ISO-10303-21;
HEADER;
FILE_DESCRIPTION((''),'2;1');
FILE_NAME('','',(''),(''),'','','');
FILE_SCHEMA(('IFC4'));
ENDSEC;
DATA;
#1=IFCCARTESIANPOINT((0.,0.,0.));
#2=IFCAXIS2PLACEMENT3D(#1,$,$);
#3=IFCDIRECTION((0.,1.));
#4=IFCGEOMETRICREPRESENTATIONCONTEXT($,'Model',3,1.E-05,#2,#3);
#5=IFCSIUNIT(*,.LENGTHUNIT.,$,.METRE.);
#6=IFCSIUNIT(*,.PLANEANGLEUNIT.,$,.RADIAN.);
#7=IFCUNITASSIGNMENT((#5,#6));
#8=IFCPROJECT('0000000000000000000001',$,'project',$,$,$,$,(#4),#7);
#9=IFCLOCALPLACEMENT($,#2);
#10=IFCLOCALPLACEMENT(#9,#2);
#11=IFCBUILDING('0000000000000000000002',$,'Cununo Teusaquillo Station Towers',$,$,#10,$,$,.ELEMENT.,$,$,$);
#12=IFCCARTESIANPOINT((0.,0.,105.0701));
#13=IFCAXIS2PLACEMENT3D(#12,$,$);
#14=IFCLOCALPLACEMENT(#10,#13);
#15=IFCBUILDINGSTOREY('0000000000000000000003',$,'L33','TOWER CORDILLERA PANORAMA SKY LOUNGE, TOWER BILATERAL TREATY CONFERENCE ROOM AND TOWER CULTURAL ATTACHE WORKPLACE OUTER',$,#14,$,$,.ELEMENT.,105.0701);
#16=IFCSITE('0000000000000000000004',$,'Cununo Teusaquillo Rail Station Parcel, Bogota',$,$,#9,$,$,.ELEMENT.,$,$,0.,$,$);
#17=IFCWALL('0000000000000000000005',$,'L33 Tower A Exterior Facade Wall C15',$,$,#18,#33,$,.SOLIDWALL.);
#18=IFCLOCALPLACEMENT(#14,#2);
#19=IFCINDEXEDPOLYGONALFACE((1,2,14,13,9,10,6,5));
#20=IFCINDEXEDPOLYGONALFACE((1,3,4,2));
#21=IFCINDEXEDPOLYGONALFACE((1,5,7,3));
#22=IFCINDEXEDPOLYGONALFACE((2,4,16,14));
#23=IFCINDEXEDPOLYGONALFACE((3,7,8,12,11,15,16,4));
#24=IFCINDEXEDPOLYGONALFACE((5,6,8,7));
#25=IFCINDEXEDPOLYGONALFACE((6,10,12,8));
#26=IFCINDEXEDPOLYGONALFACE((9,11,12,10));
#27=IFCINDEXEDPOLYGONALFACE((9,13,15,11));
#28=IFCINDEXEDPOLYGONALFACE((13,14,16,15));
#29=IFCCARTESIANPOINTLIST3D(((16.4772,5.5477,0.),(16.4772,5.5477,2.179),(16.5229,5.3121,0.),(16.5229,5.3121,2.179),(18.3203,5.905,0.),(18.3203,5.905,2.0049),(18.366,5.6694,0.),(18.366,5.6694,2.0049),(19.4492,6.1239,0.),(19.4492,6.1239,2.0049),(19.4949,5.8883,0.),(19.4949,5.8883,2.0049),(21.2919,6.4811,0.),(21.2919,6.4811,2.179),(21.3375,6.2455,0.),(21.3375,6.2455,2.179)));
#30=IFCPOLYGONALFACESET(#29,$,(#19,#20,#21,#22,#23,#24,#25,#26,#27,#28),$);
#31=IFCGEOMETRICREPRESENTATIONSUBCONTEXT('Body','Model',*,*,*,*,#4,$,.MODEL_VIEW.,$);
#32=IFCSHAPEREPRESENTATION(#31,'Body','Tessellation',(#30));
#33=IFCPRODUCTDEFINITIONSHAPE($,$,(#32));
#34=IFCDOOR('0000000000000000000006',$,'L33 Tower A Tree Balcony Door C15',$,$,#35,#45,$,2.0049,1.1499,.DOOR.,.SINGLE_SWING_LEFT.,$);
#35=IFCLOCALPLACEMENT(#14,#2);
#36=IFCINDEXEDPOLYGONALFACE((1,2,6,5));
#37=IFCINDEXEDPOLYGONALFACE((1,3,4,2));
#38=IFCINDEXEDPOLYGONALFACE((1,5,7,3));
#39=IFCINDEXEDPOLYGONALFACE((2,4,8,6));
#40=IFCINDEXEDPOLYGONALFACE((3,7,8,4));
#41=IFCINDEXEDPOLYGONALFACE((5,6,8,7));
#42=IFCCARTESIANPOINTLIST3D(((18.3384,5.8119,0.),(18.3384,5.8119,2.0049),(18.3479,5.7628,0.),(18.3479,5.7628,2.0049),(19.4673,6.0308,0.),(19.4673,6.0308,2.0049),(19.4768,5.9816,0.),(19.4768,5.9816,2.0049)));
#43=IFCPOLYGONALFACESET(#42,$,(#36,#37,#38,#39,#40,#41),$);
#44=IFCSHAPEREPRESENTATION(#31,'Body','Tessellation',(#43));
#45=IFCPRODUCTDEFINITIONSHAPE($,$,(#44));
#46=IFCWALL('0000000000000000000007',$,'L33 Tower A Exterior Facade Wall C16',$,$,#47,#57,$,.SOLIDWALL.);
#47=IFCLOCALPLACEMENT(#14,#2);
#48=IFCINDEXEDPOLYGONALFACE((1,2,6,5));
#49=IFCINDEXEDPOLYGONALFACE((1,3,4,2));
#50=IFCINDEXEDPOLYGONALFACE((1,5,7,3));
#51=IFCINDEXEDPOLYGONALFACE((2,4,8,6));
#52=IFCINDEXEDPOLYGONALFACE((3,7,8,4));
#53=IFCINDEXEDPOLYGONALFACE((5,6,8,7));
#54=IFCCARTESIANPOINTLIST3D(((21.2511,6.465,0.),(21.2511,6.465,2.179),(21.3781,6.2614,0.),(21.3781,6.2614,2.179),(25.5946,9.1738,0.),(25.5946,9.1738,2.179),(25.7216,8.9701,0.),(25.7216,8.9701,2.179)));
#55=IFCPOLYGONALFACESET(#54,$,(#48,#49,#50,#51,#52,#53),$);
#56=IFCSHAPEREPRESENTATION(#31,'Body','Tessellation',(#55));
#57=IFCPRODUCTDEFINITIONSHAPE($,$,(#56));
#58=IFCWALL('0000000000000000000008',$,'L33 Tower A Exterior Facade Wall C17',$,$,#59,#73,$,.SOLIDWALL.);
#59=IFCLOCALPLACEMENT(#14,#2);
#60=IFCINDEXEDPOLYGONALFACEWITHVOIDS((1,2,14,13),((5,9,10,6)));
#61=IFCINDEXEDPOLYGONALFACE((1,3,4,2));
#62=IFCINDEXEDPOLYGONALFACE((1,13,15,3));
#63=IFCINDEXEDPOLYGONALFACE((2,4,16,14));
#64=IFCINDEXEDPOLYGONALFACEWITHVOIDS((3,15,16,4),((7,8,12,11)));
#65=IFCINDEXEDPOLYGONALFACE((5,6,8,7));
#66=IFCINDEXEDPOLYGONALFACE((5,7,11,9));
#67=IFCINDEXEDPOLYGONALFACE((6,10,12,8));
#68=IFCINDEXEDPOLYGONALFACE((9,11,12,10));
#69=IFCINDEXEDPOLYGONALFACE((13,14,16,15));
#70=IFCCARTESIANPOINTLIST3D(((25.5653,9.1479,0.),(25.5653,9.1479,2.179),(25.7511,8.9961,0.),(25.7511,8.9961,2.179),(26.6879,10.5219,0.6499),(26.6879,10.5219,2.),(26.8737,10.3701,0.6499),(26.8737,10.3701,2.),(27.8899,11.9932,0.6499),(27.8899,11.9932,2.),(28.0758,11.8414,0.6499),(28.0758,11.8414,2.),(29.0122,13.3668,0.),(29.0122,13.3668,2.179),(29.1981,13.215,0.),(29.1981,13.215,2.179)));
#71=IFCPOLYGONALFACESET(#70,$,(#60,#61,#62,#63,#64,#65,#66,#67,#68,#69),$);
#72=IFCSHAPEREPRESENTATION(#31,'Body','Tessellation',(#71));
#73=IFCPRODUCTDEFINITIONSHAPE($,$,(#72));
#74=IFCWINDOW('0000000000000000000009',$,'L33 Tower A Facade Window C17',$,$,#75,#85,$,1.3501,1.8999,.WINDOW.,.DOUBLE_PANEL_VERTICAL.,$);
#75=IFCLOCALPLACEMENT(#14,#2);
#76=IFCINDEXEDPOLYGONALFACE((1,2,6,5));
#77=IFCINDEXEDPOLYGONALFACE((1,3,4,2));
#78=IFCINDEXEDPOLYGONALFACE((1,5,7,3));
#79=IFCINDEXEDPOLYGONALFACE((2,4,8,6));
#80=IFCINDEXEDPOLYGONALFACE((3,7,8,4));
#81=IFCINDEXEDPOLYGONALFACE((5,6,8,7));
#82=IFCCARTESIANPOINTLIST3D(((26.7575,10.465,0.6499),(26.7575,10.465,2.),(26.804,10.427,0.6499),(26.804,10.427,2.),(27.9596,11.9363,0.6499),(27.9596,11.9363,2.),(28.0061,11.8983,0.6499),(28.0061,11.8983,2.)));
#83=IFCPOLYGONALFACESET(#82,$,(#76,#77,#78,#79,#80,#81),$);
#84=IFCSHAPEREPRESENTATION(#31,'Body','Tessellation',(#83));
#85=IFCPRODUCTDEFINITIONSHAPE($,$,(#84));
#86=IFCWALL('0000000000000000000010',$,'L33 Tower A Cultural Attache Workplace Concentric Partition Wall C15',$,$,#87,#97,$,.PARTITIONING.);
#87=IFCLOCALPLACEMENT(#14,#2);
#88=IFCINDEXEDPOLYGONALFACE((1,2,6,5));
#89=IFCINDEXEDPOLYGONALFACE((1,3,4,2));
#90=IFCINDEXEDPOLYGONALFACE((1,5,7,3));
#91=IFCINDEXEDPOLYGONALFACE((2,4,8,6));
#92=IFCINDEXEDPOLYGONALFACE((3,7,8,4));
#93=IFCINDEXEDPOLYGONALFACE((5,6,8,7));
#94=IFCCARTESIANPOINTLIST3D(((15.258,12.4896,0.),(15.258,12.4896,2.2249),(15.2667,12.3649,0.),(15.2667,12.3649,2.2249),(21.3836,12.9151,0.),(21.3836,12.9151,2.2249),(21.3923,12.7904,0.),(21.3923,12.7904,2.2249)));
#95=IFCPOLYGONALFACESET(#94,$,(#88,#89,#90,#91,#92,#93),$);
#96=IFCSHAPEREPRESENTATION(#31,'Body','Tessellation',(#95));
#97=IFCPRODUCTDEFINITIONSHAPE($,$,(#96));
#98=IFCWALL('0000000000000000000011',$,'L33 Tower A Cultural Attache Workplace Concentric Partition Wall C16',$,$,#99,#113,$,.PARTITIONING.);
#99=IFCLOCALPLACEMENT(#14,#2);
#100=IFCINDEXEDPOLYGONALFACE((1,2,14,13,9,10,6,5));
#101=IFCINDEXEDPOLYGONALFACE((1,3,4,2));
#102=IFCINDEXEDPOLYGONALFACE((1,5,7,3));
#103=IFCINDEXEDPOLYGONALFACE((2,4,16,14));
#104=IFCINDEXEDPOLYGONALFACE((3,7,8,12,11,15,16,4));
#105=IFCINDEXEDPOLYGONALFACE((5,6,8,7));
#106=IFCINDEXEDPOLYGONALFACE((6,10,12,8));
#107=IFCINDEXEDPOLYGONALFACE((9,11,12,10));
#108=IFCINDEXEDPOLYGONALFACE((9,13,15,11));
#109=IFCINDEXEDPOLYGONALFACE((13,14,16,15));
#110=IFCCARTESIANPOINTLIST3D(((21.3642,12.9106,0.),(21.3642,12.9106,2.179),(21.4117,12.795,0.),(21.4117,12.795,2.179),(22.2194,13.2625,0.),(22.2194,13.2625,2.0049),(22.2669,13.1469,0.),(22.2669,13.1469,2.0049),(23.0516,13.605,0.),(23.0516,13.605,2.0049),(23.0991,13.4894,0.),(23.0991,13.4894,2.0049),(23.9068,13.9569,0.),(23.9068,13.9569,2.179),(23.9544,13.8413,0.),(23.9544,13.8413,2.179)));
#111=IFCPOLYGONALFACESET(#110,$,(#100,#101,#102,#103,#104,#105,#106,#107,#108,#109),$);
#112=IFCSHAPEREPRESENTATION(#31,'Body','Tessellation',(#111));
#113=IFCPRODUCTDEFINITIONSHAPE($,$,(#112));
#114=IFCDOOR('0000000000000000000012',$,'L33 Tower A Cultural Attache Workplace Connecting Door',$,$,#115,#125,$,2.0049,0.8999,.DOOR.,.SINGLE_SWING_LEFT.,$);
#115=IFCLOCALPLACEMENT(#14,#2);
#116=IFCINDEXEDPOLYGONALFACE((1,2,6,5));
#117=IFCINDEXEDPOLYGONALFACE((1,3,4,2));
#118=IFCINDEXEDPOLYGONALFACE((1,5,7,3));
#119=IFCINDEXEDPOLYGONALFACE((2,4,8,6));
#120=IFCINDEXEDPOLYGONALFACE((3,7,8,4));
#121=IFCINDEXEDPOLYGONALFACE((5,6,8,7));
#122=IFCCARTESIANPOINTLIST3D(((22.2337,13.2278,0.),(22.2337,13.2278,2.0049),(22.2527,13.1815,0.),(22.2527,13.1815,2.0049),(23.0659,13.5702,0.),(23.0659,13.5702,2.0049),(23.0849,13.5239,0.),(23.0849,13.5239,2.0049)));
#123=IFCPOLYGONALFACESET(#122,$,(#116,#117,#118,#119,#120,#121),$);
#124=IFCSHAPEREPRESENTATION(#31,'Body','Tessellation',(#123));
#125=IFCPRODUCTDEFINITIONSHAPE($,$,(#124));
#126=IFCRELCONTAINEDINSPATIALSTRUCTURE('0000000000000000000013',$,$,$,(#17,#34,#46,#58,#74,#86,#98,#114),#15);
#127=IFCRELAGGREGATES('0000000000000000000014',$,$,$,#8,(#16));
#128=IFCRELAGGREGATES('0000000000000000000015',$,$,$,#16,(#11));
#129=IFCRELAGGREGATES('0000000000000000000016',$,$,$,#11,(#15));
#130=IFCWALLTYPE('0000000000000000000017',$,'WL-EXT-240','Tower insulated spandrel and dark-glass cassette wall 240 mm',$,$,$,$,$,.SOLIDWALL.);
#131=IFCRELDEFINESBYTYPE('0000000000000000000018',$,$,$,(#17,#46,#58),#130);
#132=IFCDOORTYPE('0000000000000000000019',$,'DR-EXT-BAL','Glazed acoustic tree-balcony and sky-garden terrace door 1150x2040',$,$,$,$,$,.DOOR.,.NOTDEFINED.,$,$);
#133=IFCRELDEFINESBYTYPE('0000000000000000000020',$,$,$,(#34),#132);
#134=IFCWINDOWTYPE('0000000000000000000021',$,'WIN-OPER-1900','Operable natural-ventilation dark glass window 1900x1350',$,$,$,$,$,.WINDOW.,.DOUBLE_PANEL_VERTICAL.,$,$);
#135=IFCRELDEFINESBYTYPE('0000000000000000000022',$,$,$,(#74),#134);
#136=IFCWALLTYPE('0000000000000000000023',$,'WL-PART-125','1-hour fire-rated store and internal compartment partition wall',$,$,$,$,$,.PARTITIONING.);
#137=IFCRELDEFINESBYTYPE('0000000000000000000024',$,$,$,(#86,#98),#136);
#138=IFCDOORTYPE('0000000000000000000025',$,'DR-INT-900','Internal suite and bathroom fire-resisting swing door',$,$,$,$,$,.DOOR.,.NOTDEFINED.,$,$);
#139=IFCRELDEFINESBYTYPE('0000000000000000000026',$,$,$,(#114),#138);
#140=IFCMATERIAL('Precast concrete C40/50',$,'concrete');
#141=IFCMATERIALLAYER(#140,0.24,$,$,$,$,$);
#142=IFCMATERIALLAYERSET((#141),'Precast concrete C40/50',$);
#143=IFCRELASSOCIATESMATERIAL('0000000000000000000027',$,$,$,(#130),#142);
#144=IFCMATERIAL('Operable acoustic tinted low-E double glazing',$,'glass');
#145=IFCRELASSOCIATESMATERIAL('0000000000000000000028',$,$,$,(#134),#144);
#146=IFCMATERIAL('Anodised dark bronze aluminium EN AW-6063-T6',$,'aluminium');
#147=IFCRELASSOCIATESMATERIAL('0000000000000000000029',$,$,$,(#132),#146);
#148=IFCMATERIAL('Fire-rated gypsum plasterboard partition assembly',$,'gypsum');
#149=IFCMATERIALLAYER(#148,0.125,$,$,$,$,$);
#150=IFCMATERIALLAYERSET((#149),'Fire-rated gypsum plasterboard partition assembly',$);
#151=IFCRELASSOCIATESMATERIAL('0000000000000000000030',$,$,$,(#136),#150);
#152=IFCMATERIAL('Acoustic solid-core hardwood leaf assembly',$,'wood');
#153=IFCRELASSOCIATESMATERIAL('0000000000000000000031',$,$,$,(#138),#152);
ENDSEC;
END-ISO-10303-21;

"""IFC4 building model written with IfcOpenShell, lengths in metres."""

from ifc_helpers import new_model, si_unit, direction, frame, frame_2d, origin, place, context, subcontext, project, spatial, rectangle, extrude, source, transform, mapped, material, layer, layer_set, type_object, element, fill, save


model = new_model("IFC4")

# Units and contexts
model_context = context("Model", 3, precision=1e-05, world=origin(), true_north=direction((0.0, 1.0)))
body_context = subcontext(model_context, "Body", "Model", "MODEL_VIEW")
ifc_project = project(units=[si_unit("LENGTHUNIT", "METRE"), si_unit("PLANEANGLEUNIT", "RADIAN")], contexts=[model_context])

# Site, building, storey
site_placement = place(None, origin())
site = spatial("IfcSite", under=ifc_project, at=site_placement, Name="Cununo Teusaquillo Rail Station Parcel, Bogota", CompositionType="ELEMENT", RefElevation=0.0)
building_placement = place(site_placement, origin())
building = spatial("IfcBuilding", under=site, at=building_placement, Name="Cununo Teusaquillo Station Towers", CompositionType="ELEMENT")
storey_placement = place(building_placement, frame((0.0, 0.0, 105.0701)))
storey = spatial("IfcBuildingStorey", under=building, at=storey_placement, Name="L33", Description="TOWER CORDILLERA PANORAMA SKY LOUNGE, TOWER BILATERAL TREATY CONFERENCE ROOM AND TOWER CULTURAL ATTACHE WORKPLACE OUTER", CompositionType="ELEMENT", Elevation=105.0701)

# Shared definitions
ifc_material_1 = material(Name="Precast concrete C40/50", Category="concrete")
ifc_layer_1 = layer(ifc_material_1, 0.24)
ifc_layer_set_1 = layer_set([ifc_layer_1], Name="Precast concrete C40/50")
wall_type_1 = type_object("IfcWallType", Name="WL-EXT-240", Description="Tower insulated spandrel and dark-glass cassette wall 240 mm", PredefinedType="SOLIDWALL", material=ifc_layer_set_1)
shared_shape_1 = source(origin(), body_context, "Body", "SweptSolid", [
    extrude(rectangle(XDim=1.8999, YDim=1.3501, at=frame_2d((0.95, 0.675))), frame((0.0, 0.1299, 0.0), z_axis=(0.0, -1.0, 0.0), x_axis=(1.0, 0.0, 0.0)), (0.0, 0.0, 1.0), 0.26),
])
ifc_material_2 = material(Name="Operable acoustic tinted low-E double glazing", Category="glass")
window_type = type_object("IfcWindowType", Name="WIN-OPER-1900", Description="Operable natural-ventilation dark glass window 1900x1350", PartitioningType="DOUBLE_PANEL_VERTICAL", PredefinedType="WINDOW", material=ifc_material_2)
shared_shape_2 = source(origin(), body_context, "Body", "SweptSolid", [
    extrude(rectangle(XDim=1.8999, YDim=1.3501, at=frame_2d((0.95, 0.675))), frame((0.0, 0.03, 0.0), z_axis=(0.0, -1.0, 0.0), x_axis=(1.0, 0.0, 0.0)), (0.0, 0.0, 1.0), 0.0601),
])

# Wall, opening, door
wall_1_placement = place(storey_placement, frame((21.3147, 6.3633, 0.0), z_axis=(0.0, 0.0, 1.0), x_axis=(-0.981724, -0.190311, 0.0)))
wall_1 = element("IfcWall", 1, at=wall_1_placement, inside=storey, type_object=wall_type_1, Name="L33 Tower A Exterior Facade Wall C15", PredefinedType="SOLIDWALL", context=body_context, shape_type="SweptSolid", body=[
    extrude(rectangle(XDim=4.9043, YDim=0.24, at=frame_2d((2.4521, 0.0))), origin(), (0.0, 0.0, 1.0), 2.179),
])
shared_shape_3 = source(origin(), body_context, "Body", "SweptSolid", [
    extrude(rectangle(XDim=1.1499, YDim=2.0049, at=frame_2d((0.575, 1.0024))), frame((0.0, 0.1299, 0.0), z_axis=(0.0, -1.0, 0.0), x_axis=(1.0, 0.0, 0.0)), (0.0, 0.0, 1.0), 0.26),
])
opening_1_placement = place(wall_1_placement, frame((1.877, 0.0, 0.0)))
opening_1 = element("IfcOpeningElement", 2, at=opening_1_placement, cuts=wall_1, PredefinedType="OPENING", context=body_context, shape_type="MappedRepresentation", body=[
    mapped(shared_shape_3, transform((0.0, 0.0, 0.0), x_axis=(1.0, 0.0, 0.0), y_axis=(0.0, 1.0, 0.0), z_axis=(0.0, 0.0, 1.0), scale=1.0)),
])
ifc_material_3 = material(Name="Anodised dark bronze aluminium EN AW-6063-T6", Category="aluminium")
door_type_1 = type_object("IfcDoorType", Name="DR-EXT-BAL", Description="Glazed acoustic tree-balcony and sky-garden terrace door 1150x2040", OperationType="NOTDEFINED", PredefinedType="DOOR", material=ifc_material_3)
shared_shape_4 = source(origin(), body_context, "Body", "SweptSolid", [
    extrude(rectangle(XDim=1.1499, YDim=2.0049, at=frame_2d((0.575, 1.0024))), frame((0.0, 0.0249, 0.0), z_axis=(0.0, -1.0, 0.0), x_axis=(1.0, 0.0, 0.0)), (0.0, 0.0, 1.0), 0.05),
])
door_1_placement = place(opening_1_placement, origin())
door_1 = element("IfcDoor", 3, at=door_1_placement, inside=storey, type_object=door_type_1, Name="L33 Tower A Tree Balcony Door C15", OperationType="SINGLE_SWING_LEFT", OverallHeight=2.0049, OverallWidth=1.1499, PredefinedType="DOOR", context=body_context, shape_type="MappedRepresentation", body=[
    mapped(shared_shape_4, transform((0.0, 0.0, 0.0), x_axis=(1.0, 0.0, 0.0), y_axis=(0.0, 1.0, 0.0), z_axis=(0.0, 0.0, 1.0), scale=1.0)),
])
fill(opening_1, door_1)

# Wall
wall_2_placement = place(storey_placement, frame((25.6582, 9.072, 0.0), z_axis=(0.0, 0.0, 1.0), x_axis=(-0.84852, -0.529163, 0.0)))
element("IfcWall", 4, at=wall_2_placement, inside=storey, type_object=wall_type_1, Name="L33 Tower A Exterior Facade Wall C16", PredefinedType="SOLIDWALL", context=body_context, shape_type="SweptSolid", body=[
    extrude(rectangle(XDim=5.1189, YDim=0.24, at=frame_2d((2.5596, 0.0))), origin(), (0.0, 0.0, 1.0), 2.179),
])

# Wall, opening, window
wall_3_placement = place(storey_placement, frame((29.1052, 13.291, 0.0), z_axis=(0.0, 0.0, 1.0), x_axis=(-0.632701, -0.774396, 0.0)))
wall_3 = element("IfcWall", 5, at=wall_3_placement, inside=storey, type_object=wall_type_1, Name="L33 Tower A Exterior Facade Wall C17", PredefinedType="SOLIDWALL", context=body_context, shape_type="SweptSolid", body=[
    extrude(rectangle(XDim=5.448, YDim=0.24, at=frame_2d((2.7241, 0.0))), origin(), (0.0, 0.0, 1.0), 2.179),
])
opening_2_placement = place(wall_3_placement, frame((1.7739, 0.0, 0.6499)))
opening_2 = element("IfcOpeningElement", 6, at=opening_2_placement, cuts=wall_3, PredefinedType="OPENING", context=body_context, shape_type="MappedRepresentation", body=[
    mapped(shared_shape_1, transform((0.0, 0.0, 0.0), x_axis=(1.0, 0.0, 0.0), y_axis=(0.0, 1.0, 0.0), z_axis=(0.0, 0.0, 1.0), scale=1.0)),
])
window_1_placement = place(opening_2_placement, origin())
window_1 = element("IfcWindow", 7, at=window_1_placement, inside=storey, type_object=window_type, Name="L33 Tower A Facade Window C17", OverallHeight=1.3501, OverallWidth=1.8999, PartitioningType="DOUBLE_PANEL_VERTICAL", PredefinedType="WINDOW", context=body_context, shape_type="MappedRepresentation", body=[
    mapped(shared_shape_2, transform((0.0, 0.0, 0.0), x_axis=(1.0, 0.0, 0.0), y_axis=(0.0, 1.0, 0.0), z_axis=(0.0, 0.0, 1.0), scale=1.0)),
])
fill(opening_2, window_1)

# Wall
ifc_material_4 = material(Name="Fire-rated gypsum plasterboard partition assembly", Category="gypsum")
ifc_layer_2 = layer(ifc_material_4, 0.125)
ifc_layer_set_2 = layer_set([ifc_layer_2], Name="Fire-rated gypsum plasterboard partition assembly")
wall_type_2 = type_object("IfcWallType", Name="WL-PART-125", Description="1-hour fire-rated store and internal compartment partition wall", PredefinedType="PARTITIONING", material=ifc_layer_set_2)
wall_4_placement = place(storey_placement, frame((15.2622, 12.4272, 0.0), z_axis=(0.0, 0.0, 1.0), x_axis=(0.997596, 0.0693, 0.0)))
element("IfcWall", 8, at=wall_4_placement, inside=storey, type_object=wall_type_2, Name="L33 Tower A Cultural Attache Workplace Concentric Partition Wall C15", PredefinedType="PARTITIONING", context=body_context, shape_type="SweptSolid", body=[
    extrude(rectangle(XDim=6.1404, YDim=0.125, at=frame_2d((3.0703, 0.0))), origin(), (0.0, 0.0, 1.0), 2.2249),
])

# Wall, opening, door
wall_5_placement = place(storey_placement, frame((21.3879, 12.8528, 0.0), z_axis=(0.0, 0.0, 1.0), x_axis=(0.924757, 0.380558, 0.0)))
wall_5 = element("IfcWall", 9, at=wall_5_placement, inside=storey, type_object=wall_type_2, Name="L33 Tower A Cultural Attache Workplace Concentric Partition Wall C16", PredefinedType="PARTITIONING", context=body_context, shape_type="SweptSolid", body=[
    extrude(rectangle(XDim=2.7495, YDim=0.125, at=frame_2d((1.3748, 0.0))), origin(), (0.0, 0.0, 1.0), 2.179),
])
shared_shape_5 = source(origin(), body_context, "Body", "SweptSolid", [
    extrude(rectangle(XDim=0.8999, YDim=2.0049, at=frame_2d((0.45, 1.0024))), frame((0.0, 0.0725, 0.0), z_axis=(0.0, -1.0, 0.0), x_axis=(1.0, 0.0, 0.0)), (0.0, 0.0, 1.0), 0.145),
])
opening_3_placement = place(wall_5_placement, frame((0.9248, 0.0, 0.0)))
opening_3 = element("IfcOpeningElement", 10, at=opening_3_placement, cuts=wall_5, PredefinedType="OPENING", context=body_context, shape_type="MappedRepresentation", body=[
    mapped(shared_shape_5, transform((0.0, 0.0, 0.0), x_axis=(1.0, 0.0, 0.0), y_axis=(0.0, 1.0, 0.0), z_axis=(0.0, 0.0, 1.0), scale=1.0)),
])
ifc_material_5 = material(Name="Acoustic solid-core hardwood leaf assembly", Category="wood")
door_type_2 = type_object("IfcDoorType", Name="DR-INT-900", Description="Internal suite and bathroom fire-resisting swing door", OperationType="NOTDEFINED", PredefinedType="DOOR", material=ifc_material_5)
shared_shape_6 = source(origin(), body_context, "Body", "SweptSolid", [
    extrude(rectangle(XDim=0.8999, YDim=2.0049, at=frame_2d((0.45, 1.0024))), frame((0.0, 0.0249, 0.0), z_axis=(0.0, -1.0, 0.0), x_axis=(1.0, 0.0, 0.0)), (0.0, 0.0, 1.0), 0.05),
])
door_2_placement = place(opening_3_placement, origin())
door_2 = element("IfcDoor", 11, at=door_2_placement, inside=storey, type_object=door_type_2, Name="L33 Tower A Cultural Attache Workplace Connecting Door", OperationType="SINGLE_SWING_LEFT", OverallHeight=2.0049, OverallWidth=0.8999, PredefinedType="DOOR", context=body_context, shape_type="MappedRepresentation", body=[
    mapped(shared_shape_6, transform((0.0, 0.0, 0.0), x_axis=(1.0, 0.0, 0.0), y_axis=(0.0, 1.0, 0.0), z_axis=(0.0, 0.0, 1.0), scale=1.0)),
])
fill(opening_3, door_2)

save(model, "model.ifc")
